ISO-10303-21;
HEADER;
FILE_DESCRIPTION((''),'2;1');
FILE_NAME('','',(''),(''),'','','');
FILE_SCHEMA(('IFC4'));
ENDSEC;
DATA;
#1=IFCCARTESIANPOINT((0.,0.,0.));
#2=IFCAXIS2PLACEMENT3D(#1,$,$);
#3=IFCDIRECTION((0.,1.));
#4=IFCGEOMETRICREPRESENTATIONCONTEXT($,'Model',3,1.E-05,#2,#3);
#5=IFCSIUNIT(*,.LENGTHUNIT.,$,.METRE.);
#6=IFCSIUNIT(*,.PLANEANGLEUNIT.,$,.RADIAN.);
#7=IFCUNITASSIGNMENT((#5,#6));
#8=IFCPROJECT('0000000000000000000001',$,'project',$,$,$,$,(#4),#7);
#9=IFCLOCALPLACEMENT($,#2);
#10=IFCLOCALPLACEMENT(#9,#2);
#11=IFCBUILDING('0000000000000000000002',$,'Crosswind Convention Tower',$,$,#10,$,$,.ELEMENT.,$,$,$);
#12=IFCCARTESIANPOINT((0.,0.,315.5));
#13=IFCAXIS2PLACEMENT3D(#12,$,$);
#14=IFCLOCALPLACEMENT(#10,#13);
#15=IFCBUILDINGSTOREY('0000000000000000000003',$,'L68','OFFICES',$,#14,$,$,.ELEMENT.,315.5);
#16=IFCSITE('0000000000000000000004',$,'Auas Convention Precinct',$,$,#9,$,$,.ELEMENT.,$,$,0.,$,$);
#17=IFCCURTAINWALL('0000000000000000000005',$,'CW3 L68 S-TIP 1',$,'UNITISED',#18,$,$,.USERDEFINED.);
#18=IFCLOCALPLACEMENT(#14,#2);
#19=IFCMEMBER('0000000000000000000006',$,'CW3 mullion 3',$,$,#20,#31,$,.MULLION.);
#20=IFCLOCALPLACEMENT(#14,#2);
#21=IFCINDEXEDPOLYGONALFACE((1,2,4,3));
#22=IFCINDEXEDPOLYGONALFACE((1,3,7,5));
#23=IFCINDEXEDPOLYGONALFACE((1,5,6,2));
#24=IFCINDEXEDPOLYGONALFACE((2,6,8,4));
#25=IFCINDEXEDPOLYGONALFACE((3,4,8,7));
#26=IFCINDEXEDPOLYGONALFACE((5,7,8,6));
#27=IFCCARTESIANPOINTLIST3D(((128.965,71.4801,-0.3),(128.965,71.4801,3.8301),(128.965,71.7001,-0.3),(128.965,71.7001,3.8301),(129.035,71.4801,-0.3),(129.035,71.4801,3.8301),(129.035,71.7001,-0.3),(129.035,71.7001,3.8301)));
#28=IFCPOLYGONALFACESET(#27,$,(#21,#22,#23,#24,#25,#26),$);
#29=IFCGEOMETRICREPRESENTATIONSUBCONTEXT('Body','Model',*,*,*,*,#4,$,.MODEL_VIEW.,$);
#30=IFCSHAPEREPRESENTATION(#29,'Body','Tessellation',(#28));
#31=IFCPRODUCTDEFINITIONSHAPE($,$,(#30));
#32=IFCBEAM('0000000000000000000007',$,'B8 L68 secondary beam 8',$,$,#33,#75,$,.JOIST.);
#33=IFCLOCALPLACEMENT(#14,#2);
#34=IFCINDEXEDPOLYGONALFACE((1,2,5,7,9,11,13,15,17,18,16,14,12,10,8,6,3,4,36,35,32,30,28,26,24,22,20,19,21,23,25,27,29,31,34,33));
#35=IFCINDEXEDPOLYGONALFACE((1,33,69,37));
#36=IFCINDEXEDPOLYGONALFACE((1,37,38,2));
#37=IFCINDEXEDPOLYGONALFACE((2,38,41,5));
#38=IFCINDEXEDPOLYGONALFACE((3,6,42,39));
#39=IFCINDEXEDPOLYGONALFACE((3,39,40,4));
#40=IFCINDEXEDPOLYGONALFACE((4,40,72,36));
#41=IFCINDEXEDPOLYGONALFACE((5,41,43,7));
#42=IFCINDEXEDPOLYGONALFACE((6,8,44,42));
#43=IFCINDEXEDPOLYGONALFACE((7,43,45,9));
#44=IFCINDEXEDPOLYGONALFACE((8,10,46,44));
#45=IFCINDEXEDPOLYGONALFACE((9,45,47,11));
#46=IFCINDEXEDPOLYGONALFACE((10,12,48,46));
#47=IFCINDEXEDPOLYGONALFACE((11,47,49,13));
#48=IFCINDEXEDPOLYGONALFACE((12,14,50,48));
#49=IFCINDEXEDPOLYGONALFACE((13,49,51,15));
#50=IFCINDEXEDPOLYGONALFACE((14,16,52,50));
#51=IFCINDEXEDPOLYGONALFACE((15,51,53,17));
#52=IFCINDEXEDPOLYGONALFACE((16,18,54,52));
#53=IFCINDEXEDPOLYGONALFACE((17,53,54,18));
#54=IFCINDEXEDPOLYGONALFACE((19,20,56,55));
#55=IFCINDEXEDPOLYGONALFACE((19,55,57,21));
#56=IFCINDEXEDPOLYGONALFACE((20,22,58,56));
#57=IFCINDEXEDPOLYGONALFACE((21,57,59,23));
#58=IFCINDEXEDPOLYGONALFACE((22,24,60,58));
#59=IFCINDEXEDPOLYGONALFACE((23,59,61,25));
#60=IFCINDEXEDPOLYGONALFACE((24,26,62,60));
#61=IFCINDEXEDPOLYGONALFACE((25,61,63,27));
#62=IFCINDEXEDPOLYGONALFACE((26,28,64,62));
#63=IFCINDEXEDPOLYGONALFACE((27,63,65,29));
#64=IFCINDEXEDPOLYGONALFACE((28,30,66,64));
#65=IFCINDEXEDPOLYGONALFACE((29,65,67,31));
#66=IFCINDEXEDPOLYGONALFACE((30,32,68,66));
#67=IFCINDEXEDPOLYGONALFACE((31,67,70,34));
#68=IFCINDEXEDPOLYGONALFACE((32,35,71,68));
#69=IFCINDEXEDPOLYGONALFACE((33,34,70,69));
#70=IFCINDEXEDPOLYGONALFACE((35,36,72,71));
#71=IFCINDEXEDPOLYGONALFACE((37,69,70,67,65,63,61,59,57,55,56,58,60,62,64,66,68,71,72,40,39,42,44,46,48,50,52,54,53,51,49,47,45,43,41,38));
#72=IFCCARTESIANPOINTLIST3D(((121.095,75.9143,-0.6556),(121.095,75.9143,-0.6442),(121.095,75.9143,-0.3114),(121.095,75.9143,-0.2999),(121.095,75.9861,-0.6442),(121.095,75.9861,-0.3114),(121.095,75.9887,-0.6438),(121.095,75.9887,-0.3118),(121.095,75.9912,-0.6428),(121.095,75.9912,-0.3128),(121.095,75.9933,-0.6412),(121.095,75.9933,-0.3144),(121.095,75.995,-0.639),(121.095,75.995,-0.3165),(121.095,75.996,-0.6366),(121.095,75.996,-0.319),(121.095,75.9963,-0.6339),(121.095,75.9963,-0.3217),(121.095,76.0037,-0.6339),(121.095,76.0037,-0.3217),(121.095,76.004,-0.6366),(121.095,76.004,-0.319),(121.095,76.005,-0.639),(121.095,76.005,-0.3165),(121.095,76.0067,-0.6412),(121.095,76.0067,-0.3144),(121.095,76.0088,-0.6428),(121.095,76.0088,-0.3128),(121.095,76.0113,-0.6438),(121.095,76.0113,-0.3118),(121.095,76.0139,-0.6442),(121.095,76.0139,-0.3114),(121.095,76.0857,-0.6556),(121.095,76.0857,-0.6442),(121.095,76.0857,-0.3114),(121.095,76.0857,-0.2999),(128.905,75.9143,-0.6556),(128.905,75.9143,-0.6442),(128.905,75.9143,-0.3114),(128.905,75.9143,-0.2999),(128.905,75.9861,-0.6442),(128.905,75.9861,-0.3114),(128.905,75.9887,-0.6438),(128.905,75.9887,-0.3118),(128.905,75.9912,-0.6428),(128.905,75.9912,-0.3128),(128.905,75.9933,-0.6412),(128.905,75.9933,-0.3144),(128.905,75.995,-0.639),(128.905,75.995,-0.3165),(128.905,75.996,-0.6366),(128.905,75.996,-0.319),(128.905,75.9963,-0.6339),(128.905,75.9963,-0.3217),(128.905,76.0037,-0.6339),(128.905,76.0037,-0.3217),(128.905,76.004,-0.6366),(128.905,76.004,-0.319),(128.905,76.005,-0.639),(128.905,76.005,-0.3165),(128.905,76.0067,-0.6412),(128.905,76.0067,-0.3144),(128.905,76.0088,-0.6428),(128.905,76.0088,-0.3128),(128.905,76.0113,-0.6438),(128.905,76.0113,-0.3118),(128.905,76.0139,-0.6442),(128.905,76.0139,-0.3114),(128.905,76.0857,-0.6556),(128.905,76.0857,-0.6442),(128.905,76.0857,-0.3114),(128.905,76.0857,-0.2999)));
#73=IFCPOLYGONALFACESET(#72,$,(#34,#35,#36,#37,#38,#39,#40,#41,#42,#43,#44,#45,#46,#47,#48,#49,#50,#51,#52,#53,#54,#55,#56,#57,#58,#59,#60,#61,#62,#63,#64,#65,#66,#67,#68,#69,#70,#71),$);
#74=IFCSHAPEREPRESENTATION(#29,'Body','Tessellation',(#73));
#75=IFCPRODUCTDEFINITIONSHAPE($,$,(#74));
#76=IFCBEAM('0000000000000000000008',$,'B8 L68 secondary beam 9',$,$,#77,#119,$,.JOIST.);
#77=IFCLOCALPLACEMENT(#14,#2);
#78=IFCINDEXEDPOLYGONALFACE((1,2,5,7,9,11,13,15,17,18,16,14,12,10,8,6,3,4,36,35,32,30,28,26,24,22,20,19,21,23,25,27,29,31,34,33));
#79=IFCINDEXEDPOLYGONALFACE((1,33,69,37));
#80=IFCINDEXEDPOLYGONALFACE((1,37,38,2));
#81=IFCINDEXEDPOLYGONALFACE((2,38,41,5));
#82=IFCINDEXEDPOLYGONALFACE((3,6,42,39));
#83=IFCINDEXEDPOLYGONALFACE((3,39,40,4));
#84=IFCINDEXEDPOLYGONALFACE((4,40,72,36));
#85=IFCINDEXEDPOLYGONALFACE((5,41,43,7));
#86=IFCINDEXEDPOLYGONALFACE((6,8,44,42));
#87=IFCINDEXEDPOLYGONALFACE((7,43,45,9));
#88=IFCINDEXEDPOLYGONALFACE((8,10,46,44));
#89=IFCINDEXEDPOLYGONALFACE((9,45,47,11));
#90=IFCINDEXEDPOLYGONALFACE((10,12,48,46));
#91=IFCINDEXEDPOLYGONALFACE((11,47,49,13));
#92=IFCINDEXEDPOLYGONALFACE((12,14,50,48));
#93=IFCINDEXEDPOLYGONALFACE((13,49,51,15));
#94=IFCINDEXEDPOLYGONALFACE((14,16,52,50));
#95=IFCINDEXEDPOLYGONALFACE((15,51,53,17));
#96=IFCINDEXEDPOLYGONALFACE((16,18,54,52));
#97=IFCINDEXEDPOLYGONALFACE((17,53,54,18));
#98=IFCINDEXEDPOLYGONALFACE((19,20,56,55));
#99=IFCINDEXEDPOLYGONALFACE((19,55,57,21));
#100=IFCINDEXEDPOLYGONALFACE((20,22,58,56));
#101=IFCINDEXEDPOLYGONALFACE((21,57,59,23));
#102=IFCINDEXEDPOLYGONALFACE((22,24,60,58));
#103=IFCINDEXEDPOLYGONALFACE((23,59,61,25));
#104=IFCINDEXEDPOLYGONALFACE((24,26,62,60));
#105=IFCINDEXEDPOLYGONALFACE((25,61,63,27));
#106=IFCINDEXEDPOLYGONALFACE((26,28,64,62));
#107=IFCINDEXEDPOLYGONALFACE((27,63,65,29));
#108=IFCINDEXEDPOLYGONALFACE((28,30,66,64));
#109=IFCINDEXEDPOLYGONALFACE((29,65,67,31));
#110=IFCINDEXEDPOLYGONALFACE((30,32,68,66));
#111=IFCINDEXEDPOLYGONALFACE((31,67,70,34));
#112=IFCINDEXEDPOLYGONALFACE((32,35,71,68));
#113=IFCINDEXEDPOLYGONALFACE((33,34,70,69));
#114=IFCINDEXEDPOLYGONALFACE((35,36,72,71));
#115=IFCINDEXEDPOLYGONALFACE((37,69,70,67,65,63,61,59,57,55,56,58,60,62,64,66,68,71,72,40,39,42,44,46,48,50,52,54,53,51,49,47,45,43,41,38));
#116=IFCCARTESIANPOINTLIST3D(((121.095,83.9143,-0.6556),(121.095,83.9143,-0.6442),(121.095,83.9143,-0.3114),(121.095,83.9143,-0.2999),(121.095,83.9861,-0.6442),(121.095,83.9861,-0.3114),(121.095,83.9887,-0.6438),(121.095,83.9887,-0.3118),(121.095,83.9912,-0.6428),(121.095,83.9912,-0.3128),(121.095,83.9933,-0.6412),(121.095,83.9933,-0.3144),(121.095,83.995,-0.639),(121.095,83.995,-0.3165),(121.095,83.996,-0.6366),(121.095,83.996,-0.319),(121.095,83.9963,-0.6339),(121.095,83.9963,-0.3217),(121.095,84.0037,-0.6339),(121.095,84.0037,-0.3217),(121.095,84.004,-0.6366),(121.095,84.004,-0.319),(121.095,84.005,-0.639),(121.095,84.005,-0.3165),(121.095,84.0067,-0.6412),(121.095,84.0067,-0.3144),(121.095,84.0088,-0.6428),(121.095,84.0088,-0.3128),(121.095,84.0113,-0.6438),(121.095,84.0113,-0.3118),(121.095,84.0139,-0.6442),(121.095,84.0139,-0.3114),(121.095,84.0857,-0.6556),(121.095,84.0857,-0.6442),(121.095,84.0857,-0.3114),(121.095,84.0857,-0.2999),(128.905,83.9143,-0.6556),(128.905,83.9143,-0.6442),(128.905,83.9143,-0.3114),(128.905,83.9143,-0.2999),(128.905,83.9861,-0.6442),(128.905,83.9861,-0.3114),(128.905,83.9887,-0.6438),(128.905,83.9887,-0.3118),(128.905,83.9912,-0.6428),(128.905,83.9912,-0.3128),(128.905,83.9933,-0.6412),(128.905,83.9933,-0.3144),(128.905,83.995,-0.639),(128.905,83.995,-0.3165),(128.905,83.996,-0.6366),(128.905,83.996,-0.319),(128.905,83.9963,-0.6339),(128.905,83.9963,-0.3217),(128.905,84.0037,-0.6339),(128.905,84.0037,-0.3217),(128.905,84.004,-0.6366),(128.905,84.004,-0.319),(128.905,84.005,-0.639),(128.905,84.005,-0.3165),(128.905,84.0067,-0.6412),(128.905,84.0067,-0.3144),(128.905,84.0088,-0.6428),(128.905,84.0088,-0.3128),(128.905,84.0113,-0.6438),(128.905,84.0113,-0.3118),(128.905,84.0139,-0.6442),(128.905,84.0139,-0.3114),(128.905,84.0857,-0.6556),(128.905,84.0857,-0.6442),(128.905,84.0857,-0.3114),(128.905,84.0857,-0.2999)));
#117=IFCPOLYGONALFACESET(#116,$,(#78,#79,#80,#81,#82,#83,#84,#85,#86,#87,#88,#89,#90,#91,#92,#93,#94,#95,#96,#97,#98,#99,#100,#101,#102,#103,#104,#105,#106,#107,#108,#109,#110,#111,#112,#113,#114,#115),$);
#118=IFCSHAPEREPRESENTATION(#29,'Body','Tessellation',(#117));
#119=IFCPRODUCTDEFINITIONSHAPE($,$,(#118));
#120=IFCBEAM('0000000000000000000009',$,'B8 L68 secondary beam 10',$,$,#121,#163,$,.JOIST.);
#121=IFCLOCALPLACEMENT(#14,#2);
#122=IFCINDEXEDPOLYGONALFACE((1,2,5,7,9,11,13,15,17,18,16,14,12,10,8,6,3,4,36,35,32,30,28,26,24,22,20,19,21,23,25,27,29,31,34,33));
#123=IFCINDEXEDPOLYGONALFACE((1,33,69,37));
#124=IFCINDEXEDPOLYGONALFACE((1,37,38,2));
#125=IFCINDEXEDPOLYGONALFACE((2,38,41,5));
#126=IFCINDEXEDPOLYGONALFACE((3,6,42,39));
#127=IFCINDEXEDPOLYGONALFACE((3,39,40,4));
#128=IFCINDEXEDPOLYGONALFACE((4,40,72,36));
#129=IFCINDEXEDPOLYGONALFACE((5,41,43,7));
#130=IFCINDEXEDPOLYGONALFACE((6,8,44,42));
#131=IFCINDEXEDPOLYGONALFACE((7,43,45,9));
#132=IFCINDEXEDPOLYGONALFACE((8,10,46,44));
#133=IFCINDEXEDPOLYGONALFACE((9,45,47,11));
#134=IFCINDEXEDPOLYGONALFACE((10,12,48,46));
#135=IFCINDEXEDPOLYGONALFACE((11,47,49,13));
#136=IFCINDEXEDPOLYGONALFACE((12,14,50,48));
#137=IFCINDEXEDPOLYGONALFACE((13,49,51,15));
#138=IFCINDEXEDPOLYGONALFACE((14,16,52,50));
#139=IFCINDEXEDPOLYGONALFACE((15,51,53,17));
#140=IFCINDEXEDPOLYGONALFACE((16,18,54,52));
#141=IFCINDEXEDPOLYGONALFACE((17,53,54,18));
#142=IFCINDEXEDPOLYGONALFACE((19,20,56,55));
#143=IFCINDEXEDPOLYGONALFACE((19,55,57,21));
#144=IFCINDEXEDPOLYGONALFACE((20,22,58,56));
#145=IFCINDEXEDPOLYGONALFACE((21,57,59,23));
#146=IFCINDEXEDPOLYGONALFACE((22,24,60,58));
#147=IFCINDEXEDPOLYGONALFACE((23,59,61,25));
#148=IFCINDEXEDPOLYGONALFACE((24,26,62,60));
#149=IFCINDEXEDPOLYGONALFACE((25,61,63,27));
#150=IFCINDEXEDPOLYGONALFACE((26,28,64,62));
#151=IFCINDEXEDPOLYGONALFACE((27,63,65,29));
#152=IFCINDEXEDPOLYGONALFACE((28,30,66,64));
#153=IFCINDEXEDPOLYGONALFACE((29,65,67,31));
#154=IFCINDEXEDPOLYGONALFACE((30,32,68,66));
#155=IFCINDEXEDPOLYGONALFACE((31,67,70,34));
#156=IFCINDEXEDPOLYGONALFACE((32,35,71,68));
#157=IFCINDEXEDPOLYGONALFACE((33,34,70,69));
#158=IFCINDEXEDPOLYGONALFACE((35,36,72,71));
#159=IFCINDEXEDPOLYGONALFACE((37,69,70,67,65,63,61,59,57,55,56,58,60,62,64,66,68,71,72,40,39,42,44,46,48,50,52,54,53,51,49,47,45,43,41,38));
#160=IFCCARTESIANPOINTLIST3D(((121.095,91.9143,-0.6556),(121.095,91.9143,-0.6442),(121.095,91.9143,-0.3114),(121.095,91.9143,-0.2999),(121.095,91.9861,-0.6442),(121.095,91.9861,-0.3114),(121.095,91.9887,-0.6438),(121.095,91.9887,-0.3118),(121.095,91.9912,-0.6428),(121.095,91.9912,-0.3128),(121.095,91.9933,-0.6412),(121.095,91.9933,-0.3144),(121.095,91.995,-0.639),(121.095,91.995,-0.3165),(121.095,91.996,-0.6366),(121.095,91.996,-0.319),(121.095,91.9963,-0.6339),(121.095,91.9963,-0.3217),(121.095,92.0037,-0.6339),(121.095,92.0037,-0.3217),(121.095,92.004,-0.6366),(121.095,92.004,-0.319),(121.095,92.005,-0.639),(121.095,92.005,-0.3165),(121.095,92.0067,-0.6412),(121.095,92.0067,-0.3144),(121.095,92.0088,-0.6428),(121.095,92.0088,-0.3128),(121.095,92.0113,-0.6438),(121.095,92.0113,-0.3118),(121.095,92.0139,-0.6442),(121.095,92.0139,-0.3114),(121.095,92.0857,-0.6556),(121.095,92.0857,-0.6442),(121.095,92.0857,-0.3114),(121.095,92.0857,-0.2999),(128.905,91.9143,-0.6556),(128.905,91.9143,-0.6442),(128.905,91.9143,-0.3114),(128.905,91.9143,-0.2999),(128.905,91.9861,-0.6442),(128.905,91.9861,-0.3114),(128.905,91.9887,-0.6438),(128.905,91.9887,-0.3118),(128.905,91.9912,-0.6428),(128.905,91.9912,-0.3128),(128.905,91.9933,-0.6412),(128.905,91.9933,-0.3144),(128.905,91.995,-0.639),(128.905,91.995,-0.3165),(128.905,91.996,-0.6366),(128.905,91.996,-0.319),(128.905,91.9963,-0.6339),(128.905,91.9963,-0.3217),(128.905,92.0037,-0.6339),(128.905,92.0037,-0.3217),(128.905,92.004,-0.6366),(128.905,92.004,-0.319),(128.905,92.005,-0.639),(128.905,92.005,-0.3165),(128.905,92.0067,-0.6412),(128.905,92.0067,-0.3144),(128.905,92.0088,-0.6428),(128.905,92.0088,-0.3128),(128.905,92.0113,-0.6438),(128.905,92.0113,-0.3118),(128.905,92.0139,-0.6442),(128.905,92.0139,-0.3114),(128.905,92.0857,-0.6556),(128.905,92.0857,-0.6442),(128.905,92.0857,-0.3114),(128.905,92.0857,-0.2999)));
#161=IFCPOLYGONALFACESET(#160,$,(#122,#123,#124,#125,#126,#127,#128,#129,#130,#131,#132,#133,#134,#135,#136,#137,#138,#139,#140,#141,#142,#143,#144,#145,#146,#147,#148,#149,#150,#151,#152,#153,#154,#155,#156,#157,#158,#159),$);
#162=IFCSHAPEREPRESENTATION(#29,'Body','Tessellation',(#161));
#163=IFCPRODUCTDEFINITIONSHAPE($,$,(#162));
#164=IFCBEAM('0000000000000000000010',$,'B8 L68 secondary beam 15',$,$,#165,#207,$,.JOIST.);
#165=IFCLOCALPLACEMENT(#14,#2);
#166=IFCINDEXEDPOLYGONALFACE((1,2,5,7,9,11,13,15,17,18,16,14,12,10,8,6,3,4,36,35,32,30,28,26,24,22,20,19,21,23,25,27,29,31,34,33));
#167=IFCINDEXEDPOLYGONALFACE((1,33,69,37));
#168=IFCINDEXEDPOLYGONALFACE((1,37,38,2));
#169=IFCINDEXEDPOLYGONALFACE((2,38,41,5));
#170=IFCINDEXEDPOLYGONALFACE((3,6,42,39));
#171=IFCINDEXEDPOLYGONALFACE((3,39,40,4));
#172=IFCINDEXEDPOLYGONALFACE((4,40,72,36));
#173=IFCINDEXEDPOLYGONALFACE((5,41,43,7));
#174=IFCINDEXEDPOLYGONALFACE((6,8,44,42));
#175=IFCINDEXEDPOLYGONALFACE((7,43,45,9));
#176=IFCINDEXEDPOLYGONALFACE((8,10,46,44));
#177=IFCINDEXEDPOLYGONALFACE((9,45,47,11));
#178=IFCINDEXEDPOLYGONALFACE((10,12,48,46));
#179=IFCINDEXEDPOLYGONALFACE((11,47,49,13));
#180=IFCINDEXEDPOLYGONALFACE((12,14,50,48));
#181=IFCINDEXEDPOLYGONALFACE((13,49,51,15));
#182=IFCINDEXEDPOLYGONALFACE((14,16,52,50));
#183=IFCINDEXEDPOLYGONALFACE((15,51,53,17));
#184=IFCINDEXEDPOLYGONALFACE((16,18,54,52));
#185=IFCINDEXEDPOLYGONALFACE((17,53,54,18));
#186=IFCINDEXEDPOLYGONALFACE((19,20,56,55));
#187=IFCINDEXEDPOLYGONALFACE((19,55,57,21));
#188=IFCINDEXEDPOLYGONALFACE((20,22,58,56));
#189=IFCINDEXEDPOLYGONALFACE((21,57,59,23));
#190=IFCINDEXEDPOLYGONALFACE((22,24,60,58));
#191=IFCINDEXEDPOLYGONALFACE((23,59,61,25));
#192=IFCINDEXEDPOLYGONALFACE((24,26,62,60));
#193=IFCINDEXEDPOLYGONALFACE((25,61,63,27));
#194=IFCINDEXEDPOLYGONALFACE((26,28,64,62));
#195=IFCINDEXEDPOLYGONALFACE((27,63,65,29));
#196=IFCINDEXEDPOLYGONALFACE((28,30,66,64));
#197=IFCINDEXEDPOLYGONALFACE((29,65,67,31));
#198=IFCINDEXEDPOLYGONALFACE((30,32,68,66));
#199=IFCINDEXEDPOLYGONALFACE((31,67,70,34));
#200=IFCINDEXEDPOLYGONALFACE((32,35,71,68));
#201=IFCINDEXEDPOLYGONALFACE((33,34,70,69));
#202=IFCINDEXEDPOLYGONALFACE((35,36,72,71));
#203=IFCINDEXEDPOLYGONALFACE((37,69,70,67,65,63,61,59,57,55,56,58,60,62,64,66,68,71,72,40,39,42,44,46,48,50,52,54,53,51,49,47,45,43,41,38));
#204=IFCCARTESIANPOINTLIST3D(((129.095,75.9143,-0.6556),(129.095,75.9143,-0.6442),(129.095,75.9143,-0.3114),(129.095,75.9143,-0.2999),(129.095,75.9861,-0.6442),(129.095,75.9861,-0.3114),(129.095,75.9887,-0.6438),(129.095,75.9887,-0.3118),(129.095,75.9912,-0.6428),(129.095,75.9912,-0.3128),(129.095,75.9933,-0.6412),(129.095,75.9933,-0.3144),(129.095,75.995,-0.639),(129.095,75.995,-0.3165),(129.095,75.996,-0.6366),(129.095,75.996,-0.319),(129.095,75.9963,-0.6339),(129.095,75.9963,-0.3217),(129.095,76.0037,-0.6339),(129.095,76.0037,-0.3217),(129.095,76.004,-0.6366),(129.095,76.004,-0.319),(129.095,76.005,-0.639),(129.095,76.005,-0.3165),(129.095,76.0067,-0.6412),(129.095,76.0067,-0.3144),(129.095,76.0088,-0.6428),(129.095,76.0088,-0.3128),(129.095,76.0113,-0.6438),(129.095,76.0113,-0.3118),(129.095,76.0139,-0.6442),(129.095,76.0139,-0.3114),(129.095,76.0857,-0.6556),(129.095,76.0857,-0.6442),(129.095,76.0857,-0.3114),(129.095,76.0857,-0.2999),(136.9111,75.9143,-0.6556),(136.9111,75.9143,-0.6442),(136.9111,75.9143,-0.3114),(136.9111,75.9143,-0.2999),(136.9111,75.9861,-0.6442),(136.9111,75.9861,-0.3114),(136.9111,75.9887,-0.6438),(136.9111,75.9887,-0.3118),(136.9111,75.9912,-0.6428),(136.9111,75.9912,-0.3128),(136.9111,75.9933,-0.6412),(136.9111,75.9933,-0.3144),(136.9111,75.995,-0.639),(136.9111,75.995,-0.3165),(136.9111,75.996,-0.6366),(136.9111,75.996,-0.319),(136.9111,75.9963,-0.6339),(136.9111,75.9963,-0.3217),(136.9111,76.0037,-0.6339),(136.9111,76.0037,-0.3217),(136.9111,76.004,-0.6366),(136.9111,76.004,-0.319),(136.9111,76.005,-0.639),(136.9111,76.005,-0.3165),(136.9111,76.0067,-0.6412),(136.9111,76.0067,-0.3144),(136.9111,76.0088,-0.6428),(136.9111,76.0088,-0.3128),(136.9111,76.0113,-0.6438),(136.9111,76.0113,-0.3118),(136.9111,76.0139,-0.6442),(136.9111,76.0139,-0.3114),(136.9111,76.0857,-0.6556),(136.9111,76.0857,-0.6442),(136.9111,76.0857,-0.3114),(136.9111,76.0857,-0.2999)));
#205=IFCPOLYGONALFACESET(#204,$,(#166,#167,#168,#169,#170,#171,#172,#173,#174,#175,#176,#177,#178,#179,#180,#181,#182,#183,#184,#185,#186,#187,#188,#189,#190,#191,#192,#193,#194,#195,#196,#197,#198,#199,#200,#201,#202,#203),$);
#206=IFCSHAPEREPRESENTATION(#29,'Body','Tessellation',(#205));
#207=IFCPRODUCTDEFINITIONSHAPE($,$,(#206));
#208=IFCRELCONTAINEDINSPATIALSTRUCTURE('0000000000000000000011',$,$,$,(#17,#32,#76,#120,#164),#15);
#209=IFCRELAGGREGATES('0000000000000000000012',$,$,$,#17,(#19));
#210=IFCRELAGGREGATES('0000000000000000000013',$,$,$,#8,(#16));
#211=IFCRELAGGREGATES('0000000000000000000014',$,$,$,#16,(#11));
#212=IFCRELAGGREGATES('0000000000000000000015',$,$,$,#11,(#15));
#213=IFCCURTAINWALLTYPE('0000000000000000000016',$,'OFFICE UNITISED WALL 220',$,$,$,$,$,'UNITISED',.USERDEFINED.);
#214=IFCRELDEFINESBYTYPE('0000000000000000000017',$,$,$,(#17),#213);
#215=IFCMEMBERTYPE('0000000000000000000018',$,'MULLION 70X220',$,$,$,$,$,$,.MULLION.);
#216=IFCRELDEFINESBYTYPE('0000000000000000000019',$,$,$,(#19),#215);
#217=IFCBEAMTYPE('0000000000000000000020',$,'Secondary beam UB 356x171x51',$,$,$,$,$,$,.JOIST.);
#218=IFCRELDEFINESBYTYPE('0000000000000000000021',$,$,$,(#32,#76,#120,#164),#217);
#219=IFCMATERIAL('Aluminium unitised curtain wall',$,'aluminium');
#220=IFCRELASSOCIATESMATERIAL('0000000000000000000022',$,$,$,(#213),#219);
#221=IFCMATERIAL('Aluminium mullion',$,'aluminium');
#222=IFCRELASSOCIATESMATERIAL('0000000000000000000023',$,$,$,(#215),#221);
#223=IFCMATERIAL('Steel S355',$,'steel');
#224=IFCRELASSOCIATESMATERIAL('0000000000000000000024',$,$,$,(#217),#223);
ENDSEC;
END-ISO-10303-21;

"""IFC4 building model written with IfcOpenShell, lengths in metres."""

from ifc_helpers import new_model, si_unit, direction, frame, origin, origin_2d, place, context, subcontext, project, spatial, rectangle, i_section, extrude, material, material_profile, profile_set, type_object, element, aggregate, save


model = new_model("IFC4")

# Units and contexts
model_context = context("Model", 3, precision=1e-05, world=origin(), true_north=direction((0.0, 1.0)))
body_context = subcontext(model_context, "Body", "Model", "MODEL_VIEW")
ifc_project = project(units=[si_unit("LENGTHUNIT", "METRE"), si_unit("PLANEANGLEUNIT", "RADIAN")], contexts=[model_context])

# Site, building, storey
site_placement = place(None, origin())
site = spatial("IfcSite", under=ifc_project, at=site_placement, Name="Auas Convention Precinct", CompositionType="ELEMENT", RefElevation=0.0)
building_placement = place(site_placement, origin())
building = spatial("IfcBuilding", under=site, at=building_placement, Name="Crosswind Convention Tower", CompositionType="ELEMENT")
storey_placement = place(building_placement, frame((0.0, 0.0, 315.5)))
storey = spatial("IfcBuildingStorey", under=building, at=storey_placement, Name="L68", Description="OFFICES", CompositionType="ELEMENT", Elevation=315.5)

# Shared definitions
ifc_material_1 = material(Name="Steel S355", Category="steel")

# Curtain wall, member
ifc_material_2 = material(Name="Aluminium unitised curtain wall", Category="aluminium")
curtain_wall_type = type_object("IfcCurtainWallType", Name="OFFICE UNITISED WALL 220", ElementType="UNITISED", PredefinedType="USERDEFINED", material=ifc_material_2)
curtain_wall_placement = place(storey_placement, origin())
curtain_wall = element("IfcCurtainWall", 1, at=curtain_wall_placement, inside=storey, type_object=curtain_wall_type, Name="CW3 L68 S-TIP 1", ObjectType="UNITISED", PredefinedType="USERDEFINED")
ifc_material_3 = material(Name="Aluminium mullion", Category="aluminium")
ifc_material_profile_1 = material_profile(ifc_material_3, rectangle(XDim=0.22, YDim=0.0701, at=origin_2d()), Name="AL 220X70")
ifc_profile_set_1 = profile_set([ifc_material_profile_1], Name="Aluminium mullion")
member_type = type_object("IfcMemberType", Name="MULLION 70X220", PredefinedType="MULLION", material=ifc_profile_set_1)
member_placement = place(storey_placement, frame((129.0, 71.5901, -0.3), z_axis=(0.0, 0.0, 1.0), x_axis=(0.0, -1.0, 0.0)))
member = element("IfcMember", 2, at=member_placement, type_object=member_type, Name="CW3 mullion 3", PredefinedType="MULLION", context=body_context, shape_type="SweptSolid", body=[
    extrude(rectangle(XDim=0.22, YDim=0.0701, at=origin_2d()), origin(), (0.0, 0.0, 1.0), 4.1301),
])

# Beams
ifc_material_profile_2 = material_profile(ifc_material_1, i_section(OverallWidth=0.1714, OverallDepth=0.3557, WebThickness=0.0073, FlangeThickness=0.0115, FilletRadius=0.0103, at=origin_2d()), Name="UB 356x171x51")
ifc_profile_set_2 = profile_set([ifc_material_profile_2], Name="Steel S355")
beam_type_1 = type_object("IfcBeamType", Name="Secondary beam UB 356x171x51", PredefinedType="JOIST", material=ifc_profile_set_2)
for number, where, z_axis, x_axis, name in (
    (3, (121.095, 76.0, -0.4778), (1.0, 0.0, 0.0), (0.0, 1.0, 0.0), "B8 L68 secondary beam 8"),
    (4, (121.095, 84.0, -0.4778), (1.0, 0.0, 0.0), (0.0, 1.0, 0.0), "B8 L68 secondary beam 9"),
    (5, (121.095, 92.0, -0.4778), (1.0, 0.0, 0.0), (0.0, 1.0, 0.0), "B8 L68 secondary beam 10"),
):
    element("IfcBeam", number, at=place(storey_placement, frame(where, z_axis=z_axis, x_axis=x_axis)), inside=storey, type_object=beam_type_1, Name=name, PredefinedType="JOIST", context=body_context, shape_type="SweptSolid", body=[
        extrude(i_section(OverallWidth=0.1714, OverallDepth=0.3557, WebThickness=0.0073, FlangeThickness=0.0115, FilletRadius=0.0103, at=origin_2d()), origin(), (0.0, 0.0, 1.0), 7.8101),
    ])
for number, where, z_axis, x_axis, name in (
    (6, (129.095, 76.0, -0.4778), (1.0, 0.0, 0.0), (0.0, 1.0, 0.0), "B8 L68 secondary beam 15"),
):
    element("IfcBeam", number, at=place(storey_placement, frame(where, z_axis=z_axis, x_axis=x_axis)), inside=storey, type_object=beam_type_1, Name=name, PredefinedType="JOIST", context=body_context, shape_type="SweptSolid", body=[
        extrude(i_section(OverallWidth=0.1714, OverallDepth=0.3557, WebThickness=0.0073, FlangeThickness=0.0115, FilletRadius=0.0103, at=origin_2d()), origin(), (0.0, 0.0, 1.0), 7.8162),
    ])

aggregate(curtain_wall, [member])

save(model, "model.ifc")
